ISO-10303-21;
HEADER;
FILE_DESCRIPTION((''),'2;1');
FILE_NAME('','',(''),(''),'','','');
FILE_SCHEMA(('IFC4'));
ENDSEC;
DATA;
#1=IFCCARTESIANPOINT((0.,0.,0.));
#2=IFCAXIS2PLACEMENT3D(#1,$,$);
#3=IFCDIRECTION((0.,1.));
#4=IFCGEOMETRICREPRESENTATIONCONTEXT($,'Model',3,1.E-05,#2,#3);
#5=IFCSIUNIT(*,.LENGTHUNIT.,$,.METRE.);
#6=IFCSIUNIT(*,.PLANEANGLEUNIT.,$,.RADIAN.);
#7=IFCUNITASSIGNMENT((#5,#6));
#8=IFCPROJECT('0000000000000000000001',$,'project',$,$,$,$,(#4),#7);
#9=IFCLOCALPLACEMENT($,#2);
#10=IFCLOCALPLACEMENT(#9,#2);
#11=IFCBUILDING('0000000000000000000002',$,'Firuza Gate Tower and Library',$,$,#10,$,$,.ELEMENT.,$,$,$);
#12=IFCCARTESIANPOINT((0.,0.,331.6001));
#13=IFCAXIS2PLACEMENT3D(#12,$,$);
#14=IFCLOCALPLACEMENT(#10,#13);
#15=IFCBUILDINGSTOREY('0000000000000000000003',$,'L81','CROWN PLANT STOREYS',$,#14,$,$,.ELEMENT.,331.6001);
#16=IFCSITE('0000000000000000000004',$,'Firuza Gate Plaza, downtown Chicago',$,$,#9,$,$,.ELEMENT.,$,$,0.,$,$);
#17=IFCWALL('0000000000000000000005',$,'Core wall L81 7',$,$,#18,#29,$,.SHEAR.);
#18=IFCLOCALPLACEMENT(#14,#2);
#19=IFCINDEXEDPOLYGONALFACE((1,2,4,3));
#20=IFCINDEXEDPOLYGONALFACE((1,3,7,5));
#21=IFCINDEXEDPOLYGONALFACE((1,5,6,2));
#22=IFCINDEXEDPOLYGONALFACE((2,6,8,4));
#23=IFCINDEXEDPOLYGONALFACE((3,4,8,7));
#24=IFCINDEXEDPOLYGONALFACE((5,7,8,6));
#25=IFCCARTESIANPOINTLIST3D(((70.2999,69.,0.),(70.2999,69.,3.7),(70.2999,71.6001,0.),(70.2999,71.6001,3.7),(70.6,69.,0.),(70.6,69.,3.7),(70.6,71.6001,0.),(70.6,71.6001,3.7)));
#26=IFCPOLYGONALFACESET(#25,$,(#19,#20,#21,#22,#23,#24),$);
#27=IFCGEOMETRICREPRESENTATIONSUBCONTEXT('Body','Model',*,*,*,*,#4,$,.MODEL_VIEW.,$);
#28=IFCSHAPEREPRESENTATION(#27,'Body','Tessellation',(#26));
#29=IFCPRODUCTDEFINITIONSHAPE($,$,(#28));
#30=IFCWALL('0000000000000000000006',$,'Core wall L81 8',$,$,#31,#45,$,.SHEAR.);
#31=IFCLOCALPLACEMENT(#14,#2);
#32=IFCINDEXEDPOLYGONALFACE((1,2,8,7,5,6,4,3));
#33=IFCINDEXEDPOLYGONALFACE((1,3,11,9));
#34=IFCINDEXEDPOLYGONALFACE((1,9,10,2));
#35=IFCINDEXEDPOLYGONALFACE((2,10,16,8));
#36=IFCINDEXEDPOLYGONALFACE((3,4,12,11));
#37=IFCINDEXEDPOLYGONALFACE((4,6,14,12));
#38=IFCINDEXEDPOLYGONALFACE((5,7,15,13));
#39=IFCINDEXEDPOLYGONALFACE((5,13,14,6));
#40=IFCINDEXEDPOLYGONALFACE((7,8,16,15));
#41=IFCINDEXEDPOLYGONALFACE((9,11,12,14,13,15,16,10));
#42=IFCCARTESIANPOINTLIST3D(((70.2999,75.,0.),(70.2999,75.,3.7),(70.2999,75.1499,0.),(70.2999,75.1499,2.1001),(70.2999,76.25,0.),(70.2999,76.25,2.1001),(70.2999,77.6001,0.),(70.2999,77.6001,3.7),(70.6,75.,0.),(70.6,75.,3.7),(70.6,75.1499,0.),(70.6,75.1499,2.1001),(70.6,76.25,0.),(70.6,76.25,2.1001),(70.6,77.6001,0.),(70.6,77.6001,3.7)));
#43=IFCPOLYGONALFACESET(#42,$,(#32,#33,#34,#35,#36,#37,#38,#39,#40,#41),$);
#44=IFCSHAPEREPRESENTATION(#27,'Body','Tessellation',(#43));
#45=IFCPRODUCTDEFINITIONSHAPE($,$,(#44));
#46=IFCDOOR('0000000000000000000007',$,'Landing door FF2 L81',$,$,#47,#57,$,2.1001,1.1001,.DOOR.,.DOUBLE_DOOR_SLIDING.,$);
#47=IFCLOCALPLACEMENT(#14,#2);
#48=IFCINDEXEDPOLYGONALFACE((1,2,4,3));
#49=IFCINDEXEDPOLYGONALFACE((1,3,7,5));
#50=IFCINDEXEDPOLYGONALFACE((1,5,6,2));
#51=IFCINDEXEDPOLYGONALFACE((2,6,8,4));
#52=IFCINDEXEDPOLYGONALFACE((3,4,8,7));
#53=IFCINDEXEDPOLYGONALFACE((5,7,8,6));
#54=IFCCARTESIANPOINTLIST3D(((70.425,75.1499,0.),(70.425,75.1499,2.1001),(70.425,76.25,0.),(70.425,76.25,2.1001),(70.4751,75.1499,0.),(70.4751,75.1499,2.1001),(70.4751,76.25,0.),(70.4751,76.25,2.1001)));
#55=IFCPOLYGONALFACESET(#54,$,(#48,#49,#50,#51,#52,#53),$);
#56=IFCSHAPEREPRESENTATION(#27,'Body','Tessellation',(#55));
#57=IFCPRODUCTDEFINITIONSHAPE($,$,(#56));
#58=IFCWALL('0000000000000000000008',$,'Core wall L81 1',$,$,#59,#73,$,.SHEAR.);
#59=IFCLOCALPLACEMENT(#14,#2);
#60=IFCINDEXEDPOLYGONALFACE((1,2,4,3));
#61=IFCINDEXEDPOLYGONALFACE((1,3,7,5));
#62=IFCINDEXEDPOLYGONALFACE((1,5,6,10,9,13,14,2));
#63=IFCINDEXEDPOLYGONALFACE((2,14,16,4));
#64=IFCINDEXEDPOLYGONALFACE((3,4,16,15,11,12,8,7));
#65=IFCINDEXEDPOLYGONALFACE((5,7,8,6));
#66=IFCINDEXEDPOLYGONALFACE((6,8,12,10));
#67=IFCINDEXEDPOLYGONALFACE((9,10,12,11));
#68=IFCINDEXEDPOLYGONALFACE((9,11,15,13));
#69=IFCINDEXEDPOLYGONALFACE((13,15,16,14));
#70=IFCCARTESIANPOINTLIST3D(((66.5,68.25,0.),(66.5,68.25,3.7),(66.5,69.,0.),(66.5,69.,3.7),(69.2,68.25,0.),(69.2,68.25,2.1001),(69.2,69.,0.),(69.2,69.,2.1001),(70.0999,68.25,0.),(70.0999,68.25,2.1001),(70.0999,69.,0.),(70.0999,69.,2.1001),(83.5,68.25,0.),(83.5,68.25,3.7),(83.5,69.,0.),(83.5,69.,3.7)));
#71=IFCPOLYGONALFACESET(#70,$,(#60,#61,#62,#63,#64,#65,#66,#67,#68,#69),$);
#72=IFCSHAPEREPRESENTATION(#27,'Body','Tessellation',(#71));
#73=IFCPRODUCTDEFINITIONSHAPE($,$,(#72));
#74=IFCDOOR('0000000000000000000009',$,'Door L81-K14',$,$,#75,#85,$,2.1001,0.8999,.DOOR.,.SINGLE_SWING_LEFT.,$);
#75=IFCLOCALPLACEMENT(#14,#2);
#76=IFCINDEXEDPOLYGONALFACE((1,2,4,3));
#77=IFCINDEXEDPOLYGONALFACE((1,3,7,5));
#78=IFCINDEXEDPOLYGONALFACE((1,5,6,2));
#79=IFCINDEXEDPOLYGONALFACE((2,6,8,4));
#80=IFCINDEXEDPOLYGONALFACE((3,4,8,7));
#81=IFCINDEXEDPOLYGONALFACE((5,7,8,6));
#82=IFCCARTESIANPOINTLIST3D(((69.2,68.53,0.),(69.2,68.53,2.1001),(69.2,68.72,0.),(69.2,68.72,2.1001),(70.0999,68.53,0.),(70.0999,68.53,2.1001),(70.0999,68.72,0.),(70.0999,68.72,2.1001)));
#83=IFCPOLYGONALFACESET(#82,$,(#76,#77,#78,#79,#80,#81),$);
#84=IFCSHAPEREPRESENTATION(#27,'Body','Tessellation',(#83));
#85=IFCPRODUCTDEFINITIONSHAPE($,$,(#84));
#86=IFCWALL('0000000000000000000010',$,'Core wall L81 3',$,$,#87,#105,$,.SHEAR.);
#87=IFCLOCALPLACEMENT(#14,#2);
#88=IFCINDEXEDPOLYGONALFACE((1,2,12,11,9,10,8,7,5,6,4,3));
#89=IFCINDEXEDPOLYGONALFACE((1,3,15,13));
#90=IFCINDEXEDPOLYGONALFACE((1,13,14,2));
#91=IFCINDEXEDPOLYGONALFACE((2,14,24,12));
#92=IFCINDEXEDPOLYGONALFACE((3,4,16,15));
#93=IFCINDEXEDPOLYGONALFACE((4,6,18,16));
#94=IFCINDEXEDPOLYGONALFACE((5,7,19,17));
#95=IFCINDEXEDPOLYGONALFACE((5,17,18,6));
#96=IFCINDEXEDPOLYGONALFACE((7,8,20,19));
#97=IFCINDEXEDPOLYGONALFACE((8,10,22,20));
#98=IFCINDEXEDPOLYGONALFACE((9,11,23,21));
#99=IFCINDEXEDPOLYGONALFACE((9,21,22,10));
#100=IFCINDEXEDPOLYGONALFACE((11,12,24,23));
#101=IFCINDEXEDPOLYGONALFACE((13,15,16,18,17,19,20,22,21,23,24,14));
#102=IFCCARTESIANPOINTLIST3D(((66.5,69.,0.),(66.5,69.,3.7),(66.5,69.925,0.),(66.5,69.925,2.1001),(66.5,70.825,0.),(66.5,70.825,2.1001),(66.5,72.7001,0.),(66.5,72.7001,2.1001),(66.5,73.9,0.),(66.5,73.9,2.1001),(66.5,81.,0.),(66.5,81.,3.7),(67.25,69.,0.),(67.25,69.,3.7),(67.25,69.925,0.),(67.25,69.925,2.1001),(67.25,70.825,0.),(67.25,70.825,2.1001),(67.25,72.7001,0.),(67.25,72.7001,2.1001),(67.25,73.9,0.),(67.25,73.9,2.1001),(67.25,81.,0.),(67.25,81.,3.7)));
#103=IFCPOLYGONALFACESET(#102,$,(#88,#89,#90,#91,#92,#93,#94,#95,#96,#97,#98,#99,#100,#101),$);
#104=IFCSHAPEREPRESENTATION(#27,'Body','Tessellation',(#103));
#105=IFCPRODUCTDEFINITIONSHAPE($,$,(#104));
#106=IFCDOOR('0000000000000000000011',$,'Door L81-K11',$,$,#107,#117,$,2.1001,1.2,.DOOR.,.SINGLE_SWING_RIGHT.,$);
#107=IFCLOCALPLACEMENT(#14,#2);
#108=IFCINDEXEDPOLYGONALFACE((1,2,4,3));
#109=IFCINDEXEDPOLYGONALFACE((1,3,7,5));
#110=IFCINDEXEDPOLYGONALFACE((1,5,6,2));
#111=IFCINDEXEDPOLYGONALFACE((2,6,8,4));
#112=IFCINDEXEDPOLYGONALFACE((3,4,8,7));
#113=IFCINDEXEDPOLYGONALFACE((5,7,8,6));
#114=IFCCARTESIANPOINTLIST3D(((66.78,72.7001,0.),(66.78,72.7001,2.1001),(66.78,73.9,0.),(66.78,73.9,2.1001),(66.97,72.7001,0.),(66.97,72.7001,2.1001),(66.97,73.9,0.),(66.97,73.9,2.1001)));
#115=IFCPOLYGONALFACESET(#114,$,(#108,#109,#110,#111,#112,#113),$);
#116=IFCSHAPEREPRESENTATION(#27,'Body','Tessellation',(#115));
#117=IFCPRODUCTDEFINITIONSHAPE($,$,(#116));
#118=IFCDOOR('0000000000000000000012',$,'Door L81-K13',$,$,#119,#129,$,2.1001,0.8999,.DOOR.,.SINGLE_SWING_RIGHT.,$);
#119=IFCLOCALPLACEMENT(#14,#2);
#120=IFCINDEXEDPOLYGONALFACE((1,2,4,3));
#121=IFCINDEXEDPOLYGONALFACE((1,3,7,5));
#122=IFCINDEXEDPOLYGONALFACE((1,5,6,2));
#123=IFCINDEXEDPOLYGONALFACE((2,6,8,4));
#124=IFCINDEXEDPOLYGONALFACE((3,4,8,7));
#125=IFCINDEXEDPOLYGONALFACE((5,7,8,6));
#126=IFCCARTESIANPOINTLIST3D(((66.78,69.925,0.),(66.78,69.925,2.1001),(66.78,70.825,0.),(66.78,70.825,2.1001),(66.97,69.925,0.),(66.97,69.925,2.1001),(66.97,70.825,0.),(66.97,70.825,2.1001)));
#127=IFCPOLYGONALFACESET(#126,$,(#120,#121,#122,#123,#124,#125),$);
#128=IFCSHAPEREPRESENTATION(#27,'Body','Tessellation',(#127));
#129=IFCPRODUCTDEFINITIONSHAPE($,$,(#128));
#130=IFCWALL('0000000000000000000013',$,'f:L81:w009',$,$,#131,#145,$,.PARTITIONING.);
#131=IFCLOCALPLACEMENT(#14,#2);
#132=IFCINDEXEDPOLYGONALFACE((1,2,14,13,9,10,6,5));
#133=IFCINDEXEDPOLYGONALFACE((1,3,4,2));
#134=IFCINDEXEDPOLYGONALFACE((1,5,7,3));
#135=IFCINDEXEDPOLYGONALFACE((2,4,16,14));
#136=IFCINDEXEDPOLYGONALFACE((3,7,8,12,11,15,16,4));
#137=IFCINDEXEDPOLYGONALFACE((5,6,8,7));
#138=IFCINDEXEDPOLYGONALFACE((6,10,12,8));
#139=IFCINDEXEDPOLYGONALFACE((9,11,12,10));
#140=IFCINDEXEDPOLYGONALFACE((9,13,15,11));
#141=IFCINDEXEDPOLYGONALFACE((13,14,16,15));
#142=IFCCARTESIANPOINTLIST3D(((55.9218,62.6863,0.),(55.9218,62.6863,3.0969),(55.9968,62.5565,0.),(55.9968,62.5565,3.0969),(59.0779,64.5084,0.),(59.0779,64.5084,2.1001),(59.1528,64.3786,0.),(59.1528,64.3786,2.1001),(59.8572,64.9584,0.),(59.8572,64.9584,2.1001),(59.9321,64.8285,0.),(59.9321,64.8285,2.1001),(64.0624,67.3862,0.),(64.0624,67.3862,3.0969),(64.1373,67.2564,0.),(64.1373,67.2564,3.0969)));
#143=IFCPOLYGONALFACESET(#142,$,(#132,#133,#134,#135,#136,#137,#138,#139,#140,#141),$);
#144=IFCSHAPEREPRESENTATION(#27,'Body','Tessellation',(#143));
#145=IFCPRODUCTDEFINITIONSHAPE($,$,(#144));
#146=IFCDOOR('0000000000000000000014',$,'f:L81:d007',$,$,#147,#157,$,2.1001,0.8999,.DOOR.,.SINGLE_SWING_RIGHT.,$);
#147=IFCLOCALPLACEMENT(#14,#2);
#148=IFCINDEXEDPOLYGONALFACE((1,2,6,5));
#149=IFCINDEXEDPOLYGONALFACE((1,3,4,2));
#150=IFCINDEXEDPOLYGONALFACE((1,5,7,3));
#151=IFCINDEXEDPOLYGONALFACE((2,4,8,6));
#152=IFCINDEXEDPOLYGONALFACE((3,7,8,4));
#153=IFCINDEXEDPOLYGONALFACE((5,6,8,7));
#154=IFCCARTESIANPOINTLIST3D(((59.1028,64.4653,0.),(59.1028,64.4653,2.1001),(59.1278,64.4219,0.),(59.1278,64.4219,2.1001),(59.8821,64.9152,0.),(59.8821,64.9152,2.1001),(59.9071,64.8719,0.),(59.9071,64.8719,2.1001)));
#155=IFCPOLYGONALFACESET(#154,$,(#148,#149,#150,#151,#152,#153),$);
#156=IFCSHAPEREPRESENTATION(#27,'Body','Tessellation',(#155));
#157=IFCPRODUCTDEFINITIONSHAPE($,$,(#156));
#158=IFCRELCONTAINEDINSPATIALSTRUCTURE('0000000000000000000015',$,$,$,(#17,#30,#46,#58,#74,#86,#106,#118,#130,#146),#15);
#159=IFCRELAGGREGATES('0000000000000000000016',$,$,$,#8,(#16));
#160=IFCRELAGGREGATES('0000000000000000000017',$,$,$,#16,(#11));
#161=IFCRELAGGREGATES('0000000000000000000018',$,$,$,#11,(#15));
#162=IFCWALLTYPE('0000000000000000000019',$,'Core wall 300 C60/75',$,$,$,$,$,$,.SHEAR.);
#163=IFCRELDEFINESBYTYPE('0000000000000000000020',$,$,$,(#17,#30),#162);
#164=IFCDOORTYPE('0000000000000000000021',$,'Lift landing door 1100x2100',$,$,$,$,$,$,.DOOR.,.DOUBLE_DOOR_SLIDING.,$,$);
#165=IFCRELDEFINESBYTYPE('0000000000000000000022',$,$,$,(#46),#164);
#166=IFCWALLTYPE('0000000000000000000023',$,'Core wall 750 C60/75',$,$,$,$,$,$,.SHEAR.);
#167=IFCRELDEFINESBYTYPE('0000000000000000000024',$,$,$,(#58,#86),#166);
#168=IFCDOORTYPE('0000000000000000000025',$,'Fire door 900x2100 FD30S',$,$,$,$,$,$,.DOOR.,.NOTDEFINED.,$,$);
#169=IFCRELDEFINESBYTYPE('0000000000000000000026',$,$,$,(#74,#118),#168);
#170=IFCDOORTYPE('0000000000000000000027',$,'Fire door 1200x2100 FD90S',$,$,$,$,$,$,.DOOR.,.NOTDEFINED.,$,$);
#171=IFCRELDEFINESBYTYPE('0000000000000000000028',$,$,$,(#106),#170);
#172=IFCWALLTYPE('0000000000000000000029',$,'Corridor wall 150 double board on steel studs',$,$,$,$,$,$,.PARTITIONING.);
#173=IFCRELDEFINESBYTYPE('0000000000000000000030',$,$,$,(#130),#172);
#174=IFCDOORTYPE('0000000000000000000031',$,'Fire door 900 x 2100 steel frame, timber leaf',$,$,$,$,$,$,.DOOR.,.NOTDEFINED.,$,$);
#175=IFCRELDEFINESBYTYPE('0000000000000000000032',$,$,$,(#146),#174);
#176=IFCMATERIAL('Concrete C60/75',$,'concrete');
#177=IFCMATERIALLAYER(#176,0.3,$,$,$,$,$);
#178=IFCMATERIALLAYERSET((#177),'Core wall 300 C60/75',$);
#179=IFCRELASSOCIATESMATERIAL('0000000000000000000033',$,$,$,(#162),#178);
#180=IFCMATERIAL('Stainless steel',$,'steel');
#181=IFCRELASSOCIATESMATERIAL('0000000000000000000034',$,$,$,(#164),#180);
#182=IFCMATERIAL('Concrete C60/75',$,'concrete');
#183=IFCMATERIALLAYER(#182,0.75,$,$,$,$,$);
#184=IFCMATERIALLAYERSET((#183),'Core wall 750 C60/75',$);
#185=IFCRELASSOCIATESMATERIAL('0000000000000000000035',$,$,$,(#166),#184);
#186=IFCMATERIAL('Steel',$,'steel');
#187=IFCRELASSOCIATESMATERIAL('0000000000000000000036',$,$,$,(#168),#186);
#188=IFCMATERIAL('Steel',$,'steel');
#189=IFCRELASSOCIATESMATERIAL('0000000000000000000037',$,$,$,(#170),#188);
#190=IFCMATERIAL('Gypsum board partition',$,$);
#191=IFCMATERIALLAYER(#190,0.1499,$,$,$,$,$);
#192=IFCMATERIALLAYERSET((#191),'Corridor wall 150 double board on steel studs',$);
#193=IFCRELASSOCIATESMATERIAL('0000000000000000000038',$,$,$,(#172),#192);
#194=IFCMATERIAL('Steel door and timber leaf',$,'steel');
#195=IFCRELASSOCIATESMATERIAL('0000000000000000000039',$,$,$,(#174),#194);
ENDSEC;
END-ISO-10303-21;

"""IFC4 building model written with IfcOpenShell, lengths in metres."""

from ifc_helpers import new_model, si_unit, direction, frame, frame_2d, origin, place, context, subcontext, project, spatial, rectangle, extrude, material, layer, layer_set, type_object, element, fill, save


model = new_model("IFC4")

# Units and contexts
model_context = context("Model", 3, precision=1e-05, world=origin(), true_north=direction((0.0, 1.0)))
body_context = subcontext(model_context, "Body", "Model", "MODEL_VIEW")
ifc_project = project(units=[si_unit("LENGTHUNIT", "METRE"), si_unit("PLANEANGLEUNIT", "RADIAN")], contexts=[model_context])

# Site, building, storey
site_placement = place(None, origin())
site = spatial("IfcSite", under=ifc_project, at=site_placement, Name="Firuza Gate Plaza, downtown Chicago", CompositionType="ELEMENT", RefElevation=0.0)
building_placement = place(site_placement, origin())
building = spatial("IfcBuilding", under=site, at=building_placement, Name="Firuza Gate Tower and Library", CompositionType="ELEMENT")
storey_placement = place(building_placement, frame((0.0, 0.0, 331.6001)))
storey = spatial("IfcBuildingStorey", under=building, at=storey_placement, Name="L81", Description="CROWN PLANT STOREYS", CompositionType="ELEMENT", Elevation=331.6001)

# Shared definitions
ifc_material_1 = material(Name="Concrete C60/75", Category="concrete")
ifc_layer_1 = layer(ifc_material_1, 0.3)
ifc_layer_set_1 = layer_set([ifc_layer_1], Name="Core wall 300 C60/75")
wall_type_1 = type_object("IfcWallType", Name="Core wall 300 C60/75", PredefinedType="SHEAR", material=ifc_layer_set_1)
ifc_material_2 = material(Name="Stainless steel", Category="steel")
door_type_1 = type_object("IfcDoorType", Name="Lift landing door 1100x2100", OperationType="DOUBLE_DOOR_SLIDING", PredefinedType="DOOR", material=ifc_material_2)

# Wall
wall_1_placement = place(storey_placement, frame((70.45, 69.0, 0.0), z_axis=(0.0, 0.0, 1.0), x_axis=(0.0, 1.0, 0.0)))
element("IfcWall", 1, at=wall_1_placement, inside=storey, type_object=wall_type_1, Name="Core wall L81 7", PredefinedType="SHEAR", context=body_context, shape_type="SweptSolid", body=[
    extrude(rectangle(XDim=2.6001, YDim=0.3, at=frame_2d((1.3, 0.0))), origin(), (0.0, 0.0, 1.0), 3.7),
])

# Walls, openings, doors
wall_2_placement = place(storey_placement, frame((70.45, 75.0, 0.0), z_axis=(0.0, 0.0, 1.0), x_axis=(0.0, 1.0, 0.0)))
wall_2 = element("IfcWall", 2, at=wall_2_placement, inside=storey, type_object=wall_type_1, Name="Core wall L81 8", PredefinedType="SHEAR", context=body_context, shape_type="SweptSolid", body=[
    extrude(rectangle(XDim=2.6001, YDim=0.3, at=frame_2d((1.3, 0.0))), origin(), (0.0, 0.0, 1.0), 3.7),
])
opening_1_placement = place(wall_2_placement, frame((0.1499, 0.0, 0.0)))
opening_1 = element("IfcOpeningElement", 3, at=opening_1_placement, cuts=wall_2, PredefinedType="OPENING", context=body_context, shape_type="SweptSolid", body=[
    extrude(rectangle(XDim=1.1001, YDim=2.1001, at=frame_2d((0.55, 1.05))), frame((0.0, 0.1602, 0.0), z_axis=(0.0, -1.0, 0.0), x_axis=(1.0, 0.0, 0.0)), (0.0, 0.0, 1.0), 0.3201),
])
door_1_placement = place(opening_1_placement, origin())
door_1 = element("IfcDoor", 4, at=door_1_placement, inside=storey, type_object=door_type_1, Name="Landing door FF2 L81", OperationType="DOUBLE_DOOR_SLIDING", OverallHeight=2.1001, OverallWidth=1.1001, PredefinedType="DOOR", context=body_context, shape_type="SweptSolid", body=[
    extrude(rectangle(XDim=1.1001, YDim=2.1001, at=frame_2d((0.55, 1.05))), frame((0.0, 0.0249, 0.0), z_axis=(0.0, -1.0, 0.0), x_axis=(1.0, 0.0, 0.0)), (0.0, 0.0, 1.0), 0.05),
])
fill(opening_1, door_1)
ifc_material_3 = material(Name="Concrete C60/75", Category="concrete")
ifc_layer_2 = layer(ifc_material_3, 0.75)
ifc_layer_set_2 = layer_set([ifc_layer_2], Name="Core wall 750 C60/75")
wall_type_2 = type_object("IfcWallType", Name="Core wall 750 C60/75", PredefinedType="SHEAR", material=ifc_layer_set_2)
wall_3_placement = place(storey_placement, frame((66.5, 68.625, 0.0), z_axis=(0.0, 0.0, 1.0), x_axis=(1.0, 0.0, 0.0)))
wall_3 = element("IfcWall", 5, at=wall_3_placement, inside=storey, type_object=wall_type_2, Name="Core wall L81 1", PredefinedType="SHEAR", context=body_context, shape_type="SweptSolid", body=[
    extrude(rectangle(XDim=17.0, YDim=0.75, at=frame_2d((8.5, 0.0))), origin(), (0.0, 0.0, 1.0), 3.7),
])
opening_2_placement = place(wall_3_placement, frame((2.7, 0.0, 0.0)))
opening_2 = element("IfcOpeningElement", 6, at=opening_2_placement, cuts=wall_3, PredefinedType="OPENING", context=body_context, shape_type="SweptSolid", body=[
    extrude(rectangle(XDim=0.8999, YDim=2.1001, at=frame_2d((0.45, 1.05))), frame((0.0, 0.385, 0.0), z_axis=(0.0, -1.0, 0.0), x_axis=(1.0, 0.0, 0.0)), (0.0, 0.0, 1.0), 0.77),
])
ifc_material_4 = material(Name="Steel", Category="steel")
door_type_2 = type_object("IfcDoorType", Name="Fire door 900x2100 FD30S", OperationType="NOTDEFINED", PredefinedType="DOOR", material=ifc_material_4)
door_2_placement = place(opening_2_placement, origin())
door_2 = element("IfcDoor", 7, at=door_2_placement, inside=storey, type_object=door_type_2, Name="Door L81-K14", OperationType="SINGLE_SWING_LEFT", OverallHeight=2.1001, OverallWidth=0.8999, PredefinedType="DOOR", context=body_context, shape_type="SweptSolid", body=[
    extrude(rectangle(XDim=0.8999, YDim=2.1001, at=frame_2d((0.45, 1.05))), frame((0.0, 0.095, 0.0), z_axis=(0.0, -1.0, 0.0), x_axis=(1.0, 0.0, 0.0)), (0.0, 0.0, 1.0), 0.1899),
])
fill(opening_2, door_2)

# Wall, openings, doors
wall_4_placement = place(storey_placement, frame((66.875, 69.0, 0.0), z_axis=(0.0, 0.0, 1.0), x_axis=(0.0, 1.0, 0.0)))
wall_4 = element("IfcWall", 8, at=wall_4_placement, inside=storey, type_object=wall_type_2, Name="Core wall L81 3", PredefinedType="SHEAR", context=body_context, shape_type="SweptSolid", body=[
    extrude(rectangle(XDim=12.0, YDim=0.75, at=frame_2d((6.0, 0.0))), origin(), (0.0, 0.0, 1.0), 3.7),
])
opening_3_placement = place(wall_4_placement, frame((3.7, 0.0, 0.0)))
opening_3 = element("IfcOpeningElement", 9, at=opening_3_placement, cuts=wall_4, PredefinedType="OPENING", context=body_context, shape_type="SweptSolid", body=[
    extrude(rectangle(XDim=1.2, YDim=2.1001, at=frame_2d((0.6001, 1.05))), frame((0.0, 0.385, 0.0), z_axis=(0.0, -1.0, 0.0), x_axis=(1.0, 0.0, 0.0)), (0.0, 0.0, 1.0), 0.77),
])
opening_4_placement = place(wall_4_placement, frame((0.925, 0.0, 0.0)))
opening_4 = element("IfcOpeningElement", 10, at=opening_4_placement, cuts=wall_4, PredefinedType="OPENING", context=body_context, shape_type="SweptSolid", body=[
    extrude(rectangle(XDim=0.8999, YDim=2.1001, at=frame_2d((0.45, 1.05))), frame((0.0, 0.385, 0.0), z_axis=(0.0, -1.0, 0.0), x_axis=(1.0, 0.0, 0.0)), (0.0, 0.0, 1.0), 0.77),
])
ifc_material_5 = material(Name="Steel", Category="steel")
door_type_3 = type_object("IfcDoorType", Name="Fire door 1200x2100 FD90S", OperationType="NOTDEFINED", PredefinedType="DOOR", material=ifc_material_5)
door_3_placement = place(opening_3_placement, origin())
door_3 = element("IfcDoor", 11, at=door_3_placement, inside=storey, type_object=door_type_3, Name="Door L81-K11", OperationType="SINGLE_SWING_RIGHT", OverallHeight=2.1001, OverallWidth=1.2, PredefinedType="DOOR", context=body_context, shape_type="SweptSolid", body=[
    extrude(rectangle(XDim=1.2, YDim=2.1001, at=frame_2d((0.6001, 1.05))), frame((0.0, 0.095, 0.0), z_axis=(0.0, -1.0, 0.0), x_axis=(1.0, 0.0, 0.0)), (0.0, 0.0, 1.0), 0.1899),
])
fill(opening_3, door_3)
door_4_placement = place(opening_4_placement, origin())
door_4 = element("IfcDoor", 12, at=door_4_placement, inside=storey, type_object=door_type_2, Name="Door L81-K13", OperationType="SINGLE_SWING_RIGHT", OverallHeight=2.1001, OverallWidth=0.8999, PredefinedType="DOOR", context=body_context, shape_type="SweptSolid", body=[
    extrude(rectangle(XDim=0.8999, YDim=2.1001, at=frame_2d((0.45, 1.05))), frame((0.0, 0.095, 0.0), z_axis=(0.0, -1.0, 0.0), x_axis=(1.0, 0.0, 0.0)), (0.0, 0.0, 1.0), 0.1899),
])
fill(opening_4, door_4)

# Wall, opening, door
ifc_material_6 = material(Name="Gypsum board partition")
ifc_layer_3 = layer(ifc_material_6, 0.1499)
ifc_layer_set_3 = layer_set([ifc_layer_3], Name="Corridor wall 150 double board on steel studs")
wall_type_3 = type_object("IfcWallType", Name="Corridor wall 150 double board on steel studs", PredefinedType="PARTITIONING", material=ifc_layer_set_3)
wall_5_placement = place(storey_placement, frame((64.0999, 67.3213, 0.0), z_axis=(0.0, 0.0, 1.0), x_axis=(-0.866027, -0.499997, 0.0)))
wall_5 = element("IfcWall", 13, at=wall_5_placement, inside=storey, type_object=wall_type_3, Name="f:L81:w009", PredefinedType="PARTITIONING", context=body_context, shape_type="SweptSolid", body=[
    extrude(rectangle(XDim=9.3999, YDim=0.1499, at=frame_2d((4.7, 0.0))), origin(), (0.0, 0.0, 1.0), 3.0969),
])
opening_5_placement = place(wall_5_placement, frame((4.8557, 0.0, 0.0)))
opening_5 = element("IfcOpeningElement", 14, at=opening_5_placement, cuts=wall_5, PredefinedType="OPENING", context=body_context, shape_type="SweptSolid", body=[
    extrude(rectangle(XDim=0.8999, YDim=2.1001, at=frame_2d((0.45, 1.05))), frame((0.0, 0.085, 0.0), z_axis=(0.0, -1.0, 0.0), x_axis=(1.0, 0.0, 0.0)), (0.0, 0.0, 1.0), 0.1699),
])
ifc_material_7 = material(Name="Steel door and timber leaf", Category="steel")
door_type_4 = type_object("IfcDoorType", Name="Fire door 900 x 2100 steel frame, timber leaf", OperationType="NOTDEFINED", PredefinedType="DOOR", material=ifc_material_7)
door_5_placement = place(opening_5_placement, origin())
door_5 = element("IfcDoor", 15, at=door_5_placement, inside=storey, type_object=door_type_4, Name="f:L81:d007", OperationType="SINGLE_SWING_RIGHT", OverallHeight=2.1001, OverallWidth=0.8999, PredefinedType="DOOR", context=body_context, shape_type="SweptSolid", body=[
    extrude(rectangle(XDim=0.8999, YDim=2.1001, at=frame_2d((0.45, 1.05))), frame((0.0, 0.0249, 0.0), z_axis=(0.0, -1.0, 0.0), x_axis=(1.0, 0.0, 0.0)), (0.0, 0.0, 1.0), 0.05),
])
fill(opening_5, door_5)

save(model, "model.ifc")
